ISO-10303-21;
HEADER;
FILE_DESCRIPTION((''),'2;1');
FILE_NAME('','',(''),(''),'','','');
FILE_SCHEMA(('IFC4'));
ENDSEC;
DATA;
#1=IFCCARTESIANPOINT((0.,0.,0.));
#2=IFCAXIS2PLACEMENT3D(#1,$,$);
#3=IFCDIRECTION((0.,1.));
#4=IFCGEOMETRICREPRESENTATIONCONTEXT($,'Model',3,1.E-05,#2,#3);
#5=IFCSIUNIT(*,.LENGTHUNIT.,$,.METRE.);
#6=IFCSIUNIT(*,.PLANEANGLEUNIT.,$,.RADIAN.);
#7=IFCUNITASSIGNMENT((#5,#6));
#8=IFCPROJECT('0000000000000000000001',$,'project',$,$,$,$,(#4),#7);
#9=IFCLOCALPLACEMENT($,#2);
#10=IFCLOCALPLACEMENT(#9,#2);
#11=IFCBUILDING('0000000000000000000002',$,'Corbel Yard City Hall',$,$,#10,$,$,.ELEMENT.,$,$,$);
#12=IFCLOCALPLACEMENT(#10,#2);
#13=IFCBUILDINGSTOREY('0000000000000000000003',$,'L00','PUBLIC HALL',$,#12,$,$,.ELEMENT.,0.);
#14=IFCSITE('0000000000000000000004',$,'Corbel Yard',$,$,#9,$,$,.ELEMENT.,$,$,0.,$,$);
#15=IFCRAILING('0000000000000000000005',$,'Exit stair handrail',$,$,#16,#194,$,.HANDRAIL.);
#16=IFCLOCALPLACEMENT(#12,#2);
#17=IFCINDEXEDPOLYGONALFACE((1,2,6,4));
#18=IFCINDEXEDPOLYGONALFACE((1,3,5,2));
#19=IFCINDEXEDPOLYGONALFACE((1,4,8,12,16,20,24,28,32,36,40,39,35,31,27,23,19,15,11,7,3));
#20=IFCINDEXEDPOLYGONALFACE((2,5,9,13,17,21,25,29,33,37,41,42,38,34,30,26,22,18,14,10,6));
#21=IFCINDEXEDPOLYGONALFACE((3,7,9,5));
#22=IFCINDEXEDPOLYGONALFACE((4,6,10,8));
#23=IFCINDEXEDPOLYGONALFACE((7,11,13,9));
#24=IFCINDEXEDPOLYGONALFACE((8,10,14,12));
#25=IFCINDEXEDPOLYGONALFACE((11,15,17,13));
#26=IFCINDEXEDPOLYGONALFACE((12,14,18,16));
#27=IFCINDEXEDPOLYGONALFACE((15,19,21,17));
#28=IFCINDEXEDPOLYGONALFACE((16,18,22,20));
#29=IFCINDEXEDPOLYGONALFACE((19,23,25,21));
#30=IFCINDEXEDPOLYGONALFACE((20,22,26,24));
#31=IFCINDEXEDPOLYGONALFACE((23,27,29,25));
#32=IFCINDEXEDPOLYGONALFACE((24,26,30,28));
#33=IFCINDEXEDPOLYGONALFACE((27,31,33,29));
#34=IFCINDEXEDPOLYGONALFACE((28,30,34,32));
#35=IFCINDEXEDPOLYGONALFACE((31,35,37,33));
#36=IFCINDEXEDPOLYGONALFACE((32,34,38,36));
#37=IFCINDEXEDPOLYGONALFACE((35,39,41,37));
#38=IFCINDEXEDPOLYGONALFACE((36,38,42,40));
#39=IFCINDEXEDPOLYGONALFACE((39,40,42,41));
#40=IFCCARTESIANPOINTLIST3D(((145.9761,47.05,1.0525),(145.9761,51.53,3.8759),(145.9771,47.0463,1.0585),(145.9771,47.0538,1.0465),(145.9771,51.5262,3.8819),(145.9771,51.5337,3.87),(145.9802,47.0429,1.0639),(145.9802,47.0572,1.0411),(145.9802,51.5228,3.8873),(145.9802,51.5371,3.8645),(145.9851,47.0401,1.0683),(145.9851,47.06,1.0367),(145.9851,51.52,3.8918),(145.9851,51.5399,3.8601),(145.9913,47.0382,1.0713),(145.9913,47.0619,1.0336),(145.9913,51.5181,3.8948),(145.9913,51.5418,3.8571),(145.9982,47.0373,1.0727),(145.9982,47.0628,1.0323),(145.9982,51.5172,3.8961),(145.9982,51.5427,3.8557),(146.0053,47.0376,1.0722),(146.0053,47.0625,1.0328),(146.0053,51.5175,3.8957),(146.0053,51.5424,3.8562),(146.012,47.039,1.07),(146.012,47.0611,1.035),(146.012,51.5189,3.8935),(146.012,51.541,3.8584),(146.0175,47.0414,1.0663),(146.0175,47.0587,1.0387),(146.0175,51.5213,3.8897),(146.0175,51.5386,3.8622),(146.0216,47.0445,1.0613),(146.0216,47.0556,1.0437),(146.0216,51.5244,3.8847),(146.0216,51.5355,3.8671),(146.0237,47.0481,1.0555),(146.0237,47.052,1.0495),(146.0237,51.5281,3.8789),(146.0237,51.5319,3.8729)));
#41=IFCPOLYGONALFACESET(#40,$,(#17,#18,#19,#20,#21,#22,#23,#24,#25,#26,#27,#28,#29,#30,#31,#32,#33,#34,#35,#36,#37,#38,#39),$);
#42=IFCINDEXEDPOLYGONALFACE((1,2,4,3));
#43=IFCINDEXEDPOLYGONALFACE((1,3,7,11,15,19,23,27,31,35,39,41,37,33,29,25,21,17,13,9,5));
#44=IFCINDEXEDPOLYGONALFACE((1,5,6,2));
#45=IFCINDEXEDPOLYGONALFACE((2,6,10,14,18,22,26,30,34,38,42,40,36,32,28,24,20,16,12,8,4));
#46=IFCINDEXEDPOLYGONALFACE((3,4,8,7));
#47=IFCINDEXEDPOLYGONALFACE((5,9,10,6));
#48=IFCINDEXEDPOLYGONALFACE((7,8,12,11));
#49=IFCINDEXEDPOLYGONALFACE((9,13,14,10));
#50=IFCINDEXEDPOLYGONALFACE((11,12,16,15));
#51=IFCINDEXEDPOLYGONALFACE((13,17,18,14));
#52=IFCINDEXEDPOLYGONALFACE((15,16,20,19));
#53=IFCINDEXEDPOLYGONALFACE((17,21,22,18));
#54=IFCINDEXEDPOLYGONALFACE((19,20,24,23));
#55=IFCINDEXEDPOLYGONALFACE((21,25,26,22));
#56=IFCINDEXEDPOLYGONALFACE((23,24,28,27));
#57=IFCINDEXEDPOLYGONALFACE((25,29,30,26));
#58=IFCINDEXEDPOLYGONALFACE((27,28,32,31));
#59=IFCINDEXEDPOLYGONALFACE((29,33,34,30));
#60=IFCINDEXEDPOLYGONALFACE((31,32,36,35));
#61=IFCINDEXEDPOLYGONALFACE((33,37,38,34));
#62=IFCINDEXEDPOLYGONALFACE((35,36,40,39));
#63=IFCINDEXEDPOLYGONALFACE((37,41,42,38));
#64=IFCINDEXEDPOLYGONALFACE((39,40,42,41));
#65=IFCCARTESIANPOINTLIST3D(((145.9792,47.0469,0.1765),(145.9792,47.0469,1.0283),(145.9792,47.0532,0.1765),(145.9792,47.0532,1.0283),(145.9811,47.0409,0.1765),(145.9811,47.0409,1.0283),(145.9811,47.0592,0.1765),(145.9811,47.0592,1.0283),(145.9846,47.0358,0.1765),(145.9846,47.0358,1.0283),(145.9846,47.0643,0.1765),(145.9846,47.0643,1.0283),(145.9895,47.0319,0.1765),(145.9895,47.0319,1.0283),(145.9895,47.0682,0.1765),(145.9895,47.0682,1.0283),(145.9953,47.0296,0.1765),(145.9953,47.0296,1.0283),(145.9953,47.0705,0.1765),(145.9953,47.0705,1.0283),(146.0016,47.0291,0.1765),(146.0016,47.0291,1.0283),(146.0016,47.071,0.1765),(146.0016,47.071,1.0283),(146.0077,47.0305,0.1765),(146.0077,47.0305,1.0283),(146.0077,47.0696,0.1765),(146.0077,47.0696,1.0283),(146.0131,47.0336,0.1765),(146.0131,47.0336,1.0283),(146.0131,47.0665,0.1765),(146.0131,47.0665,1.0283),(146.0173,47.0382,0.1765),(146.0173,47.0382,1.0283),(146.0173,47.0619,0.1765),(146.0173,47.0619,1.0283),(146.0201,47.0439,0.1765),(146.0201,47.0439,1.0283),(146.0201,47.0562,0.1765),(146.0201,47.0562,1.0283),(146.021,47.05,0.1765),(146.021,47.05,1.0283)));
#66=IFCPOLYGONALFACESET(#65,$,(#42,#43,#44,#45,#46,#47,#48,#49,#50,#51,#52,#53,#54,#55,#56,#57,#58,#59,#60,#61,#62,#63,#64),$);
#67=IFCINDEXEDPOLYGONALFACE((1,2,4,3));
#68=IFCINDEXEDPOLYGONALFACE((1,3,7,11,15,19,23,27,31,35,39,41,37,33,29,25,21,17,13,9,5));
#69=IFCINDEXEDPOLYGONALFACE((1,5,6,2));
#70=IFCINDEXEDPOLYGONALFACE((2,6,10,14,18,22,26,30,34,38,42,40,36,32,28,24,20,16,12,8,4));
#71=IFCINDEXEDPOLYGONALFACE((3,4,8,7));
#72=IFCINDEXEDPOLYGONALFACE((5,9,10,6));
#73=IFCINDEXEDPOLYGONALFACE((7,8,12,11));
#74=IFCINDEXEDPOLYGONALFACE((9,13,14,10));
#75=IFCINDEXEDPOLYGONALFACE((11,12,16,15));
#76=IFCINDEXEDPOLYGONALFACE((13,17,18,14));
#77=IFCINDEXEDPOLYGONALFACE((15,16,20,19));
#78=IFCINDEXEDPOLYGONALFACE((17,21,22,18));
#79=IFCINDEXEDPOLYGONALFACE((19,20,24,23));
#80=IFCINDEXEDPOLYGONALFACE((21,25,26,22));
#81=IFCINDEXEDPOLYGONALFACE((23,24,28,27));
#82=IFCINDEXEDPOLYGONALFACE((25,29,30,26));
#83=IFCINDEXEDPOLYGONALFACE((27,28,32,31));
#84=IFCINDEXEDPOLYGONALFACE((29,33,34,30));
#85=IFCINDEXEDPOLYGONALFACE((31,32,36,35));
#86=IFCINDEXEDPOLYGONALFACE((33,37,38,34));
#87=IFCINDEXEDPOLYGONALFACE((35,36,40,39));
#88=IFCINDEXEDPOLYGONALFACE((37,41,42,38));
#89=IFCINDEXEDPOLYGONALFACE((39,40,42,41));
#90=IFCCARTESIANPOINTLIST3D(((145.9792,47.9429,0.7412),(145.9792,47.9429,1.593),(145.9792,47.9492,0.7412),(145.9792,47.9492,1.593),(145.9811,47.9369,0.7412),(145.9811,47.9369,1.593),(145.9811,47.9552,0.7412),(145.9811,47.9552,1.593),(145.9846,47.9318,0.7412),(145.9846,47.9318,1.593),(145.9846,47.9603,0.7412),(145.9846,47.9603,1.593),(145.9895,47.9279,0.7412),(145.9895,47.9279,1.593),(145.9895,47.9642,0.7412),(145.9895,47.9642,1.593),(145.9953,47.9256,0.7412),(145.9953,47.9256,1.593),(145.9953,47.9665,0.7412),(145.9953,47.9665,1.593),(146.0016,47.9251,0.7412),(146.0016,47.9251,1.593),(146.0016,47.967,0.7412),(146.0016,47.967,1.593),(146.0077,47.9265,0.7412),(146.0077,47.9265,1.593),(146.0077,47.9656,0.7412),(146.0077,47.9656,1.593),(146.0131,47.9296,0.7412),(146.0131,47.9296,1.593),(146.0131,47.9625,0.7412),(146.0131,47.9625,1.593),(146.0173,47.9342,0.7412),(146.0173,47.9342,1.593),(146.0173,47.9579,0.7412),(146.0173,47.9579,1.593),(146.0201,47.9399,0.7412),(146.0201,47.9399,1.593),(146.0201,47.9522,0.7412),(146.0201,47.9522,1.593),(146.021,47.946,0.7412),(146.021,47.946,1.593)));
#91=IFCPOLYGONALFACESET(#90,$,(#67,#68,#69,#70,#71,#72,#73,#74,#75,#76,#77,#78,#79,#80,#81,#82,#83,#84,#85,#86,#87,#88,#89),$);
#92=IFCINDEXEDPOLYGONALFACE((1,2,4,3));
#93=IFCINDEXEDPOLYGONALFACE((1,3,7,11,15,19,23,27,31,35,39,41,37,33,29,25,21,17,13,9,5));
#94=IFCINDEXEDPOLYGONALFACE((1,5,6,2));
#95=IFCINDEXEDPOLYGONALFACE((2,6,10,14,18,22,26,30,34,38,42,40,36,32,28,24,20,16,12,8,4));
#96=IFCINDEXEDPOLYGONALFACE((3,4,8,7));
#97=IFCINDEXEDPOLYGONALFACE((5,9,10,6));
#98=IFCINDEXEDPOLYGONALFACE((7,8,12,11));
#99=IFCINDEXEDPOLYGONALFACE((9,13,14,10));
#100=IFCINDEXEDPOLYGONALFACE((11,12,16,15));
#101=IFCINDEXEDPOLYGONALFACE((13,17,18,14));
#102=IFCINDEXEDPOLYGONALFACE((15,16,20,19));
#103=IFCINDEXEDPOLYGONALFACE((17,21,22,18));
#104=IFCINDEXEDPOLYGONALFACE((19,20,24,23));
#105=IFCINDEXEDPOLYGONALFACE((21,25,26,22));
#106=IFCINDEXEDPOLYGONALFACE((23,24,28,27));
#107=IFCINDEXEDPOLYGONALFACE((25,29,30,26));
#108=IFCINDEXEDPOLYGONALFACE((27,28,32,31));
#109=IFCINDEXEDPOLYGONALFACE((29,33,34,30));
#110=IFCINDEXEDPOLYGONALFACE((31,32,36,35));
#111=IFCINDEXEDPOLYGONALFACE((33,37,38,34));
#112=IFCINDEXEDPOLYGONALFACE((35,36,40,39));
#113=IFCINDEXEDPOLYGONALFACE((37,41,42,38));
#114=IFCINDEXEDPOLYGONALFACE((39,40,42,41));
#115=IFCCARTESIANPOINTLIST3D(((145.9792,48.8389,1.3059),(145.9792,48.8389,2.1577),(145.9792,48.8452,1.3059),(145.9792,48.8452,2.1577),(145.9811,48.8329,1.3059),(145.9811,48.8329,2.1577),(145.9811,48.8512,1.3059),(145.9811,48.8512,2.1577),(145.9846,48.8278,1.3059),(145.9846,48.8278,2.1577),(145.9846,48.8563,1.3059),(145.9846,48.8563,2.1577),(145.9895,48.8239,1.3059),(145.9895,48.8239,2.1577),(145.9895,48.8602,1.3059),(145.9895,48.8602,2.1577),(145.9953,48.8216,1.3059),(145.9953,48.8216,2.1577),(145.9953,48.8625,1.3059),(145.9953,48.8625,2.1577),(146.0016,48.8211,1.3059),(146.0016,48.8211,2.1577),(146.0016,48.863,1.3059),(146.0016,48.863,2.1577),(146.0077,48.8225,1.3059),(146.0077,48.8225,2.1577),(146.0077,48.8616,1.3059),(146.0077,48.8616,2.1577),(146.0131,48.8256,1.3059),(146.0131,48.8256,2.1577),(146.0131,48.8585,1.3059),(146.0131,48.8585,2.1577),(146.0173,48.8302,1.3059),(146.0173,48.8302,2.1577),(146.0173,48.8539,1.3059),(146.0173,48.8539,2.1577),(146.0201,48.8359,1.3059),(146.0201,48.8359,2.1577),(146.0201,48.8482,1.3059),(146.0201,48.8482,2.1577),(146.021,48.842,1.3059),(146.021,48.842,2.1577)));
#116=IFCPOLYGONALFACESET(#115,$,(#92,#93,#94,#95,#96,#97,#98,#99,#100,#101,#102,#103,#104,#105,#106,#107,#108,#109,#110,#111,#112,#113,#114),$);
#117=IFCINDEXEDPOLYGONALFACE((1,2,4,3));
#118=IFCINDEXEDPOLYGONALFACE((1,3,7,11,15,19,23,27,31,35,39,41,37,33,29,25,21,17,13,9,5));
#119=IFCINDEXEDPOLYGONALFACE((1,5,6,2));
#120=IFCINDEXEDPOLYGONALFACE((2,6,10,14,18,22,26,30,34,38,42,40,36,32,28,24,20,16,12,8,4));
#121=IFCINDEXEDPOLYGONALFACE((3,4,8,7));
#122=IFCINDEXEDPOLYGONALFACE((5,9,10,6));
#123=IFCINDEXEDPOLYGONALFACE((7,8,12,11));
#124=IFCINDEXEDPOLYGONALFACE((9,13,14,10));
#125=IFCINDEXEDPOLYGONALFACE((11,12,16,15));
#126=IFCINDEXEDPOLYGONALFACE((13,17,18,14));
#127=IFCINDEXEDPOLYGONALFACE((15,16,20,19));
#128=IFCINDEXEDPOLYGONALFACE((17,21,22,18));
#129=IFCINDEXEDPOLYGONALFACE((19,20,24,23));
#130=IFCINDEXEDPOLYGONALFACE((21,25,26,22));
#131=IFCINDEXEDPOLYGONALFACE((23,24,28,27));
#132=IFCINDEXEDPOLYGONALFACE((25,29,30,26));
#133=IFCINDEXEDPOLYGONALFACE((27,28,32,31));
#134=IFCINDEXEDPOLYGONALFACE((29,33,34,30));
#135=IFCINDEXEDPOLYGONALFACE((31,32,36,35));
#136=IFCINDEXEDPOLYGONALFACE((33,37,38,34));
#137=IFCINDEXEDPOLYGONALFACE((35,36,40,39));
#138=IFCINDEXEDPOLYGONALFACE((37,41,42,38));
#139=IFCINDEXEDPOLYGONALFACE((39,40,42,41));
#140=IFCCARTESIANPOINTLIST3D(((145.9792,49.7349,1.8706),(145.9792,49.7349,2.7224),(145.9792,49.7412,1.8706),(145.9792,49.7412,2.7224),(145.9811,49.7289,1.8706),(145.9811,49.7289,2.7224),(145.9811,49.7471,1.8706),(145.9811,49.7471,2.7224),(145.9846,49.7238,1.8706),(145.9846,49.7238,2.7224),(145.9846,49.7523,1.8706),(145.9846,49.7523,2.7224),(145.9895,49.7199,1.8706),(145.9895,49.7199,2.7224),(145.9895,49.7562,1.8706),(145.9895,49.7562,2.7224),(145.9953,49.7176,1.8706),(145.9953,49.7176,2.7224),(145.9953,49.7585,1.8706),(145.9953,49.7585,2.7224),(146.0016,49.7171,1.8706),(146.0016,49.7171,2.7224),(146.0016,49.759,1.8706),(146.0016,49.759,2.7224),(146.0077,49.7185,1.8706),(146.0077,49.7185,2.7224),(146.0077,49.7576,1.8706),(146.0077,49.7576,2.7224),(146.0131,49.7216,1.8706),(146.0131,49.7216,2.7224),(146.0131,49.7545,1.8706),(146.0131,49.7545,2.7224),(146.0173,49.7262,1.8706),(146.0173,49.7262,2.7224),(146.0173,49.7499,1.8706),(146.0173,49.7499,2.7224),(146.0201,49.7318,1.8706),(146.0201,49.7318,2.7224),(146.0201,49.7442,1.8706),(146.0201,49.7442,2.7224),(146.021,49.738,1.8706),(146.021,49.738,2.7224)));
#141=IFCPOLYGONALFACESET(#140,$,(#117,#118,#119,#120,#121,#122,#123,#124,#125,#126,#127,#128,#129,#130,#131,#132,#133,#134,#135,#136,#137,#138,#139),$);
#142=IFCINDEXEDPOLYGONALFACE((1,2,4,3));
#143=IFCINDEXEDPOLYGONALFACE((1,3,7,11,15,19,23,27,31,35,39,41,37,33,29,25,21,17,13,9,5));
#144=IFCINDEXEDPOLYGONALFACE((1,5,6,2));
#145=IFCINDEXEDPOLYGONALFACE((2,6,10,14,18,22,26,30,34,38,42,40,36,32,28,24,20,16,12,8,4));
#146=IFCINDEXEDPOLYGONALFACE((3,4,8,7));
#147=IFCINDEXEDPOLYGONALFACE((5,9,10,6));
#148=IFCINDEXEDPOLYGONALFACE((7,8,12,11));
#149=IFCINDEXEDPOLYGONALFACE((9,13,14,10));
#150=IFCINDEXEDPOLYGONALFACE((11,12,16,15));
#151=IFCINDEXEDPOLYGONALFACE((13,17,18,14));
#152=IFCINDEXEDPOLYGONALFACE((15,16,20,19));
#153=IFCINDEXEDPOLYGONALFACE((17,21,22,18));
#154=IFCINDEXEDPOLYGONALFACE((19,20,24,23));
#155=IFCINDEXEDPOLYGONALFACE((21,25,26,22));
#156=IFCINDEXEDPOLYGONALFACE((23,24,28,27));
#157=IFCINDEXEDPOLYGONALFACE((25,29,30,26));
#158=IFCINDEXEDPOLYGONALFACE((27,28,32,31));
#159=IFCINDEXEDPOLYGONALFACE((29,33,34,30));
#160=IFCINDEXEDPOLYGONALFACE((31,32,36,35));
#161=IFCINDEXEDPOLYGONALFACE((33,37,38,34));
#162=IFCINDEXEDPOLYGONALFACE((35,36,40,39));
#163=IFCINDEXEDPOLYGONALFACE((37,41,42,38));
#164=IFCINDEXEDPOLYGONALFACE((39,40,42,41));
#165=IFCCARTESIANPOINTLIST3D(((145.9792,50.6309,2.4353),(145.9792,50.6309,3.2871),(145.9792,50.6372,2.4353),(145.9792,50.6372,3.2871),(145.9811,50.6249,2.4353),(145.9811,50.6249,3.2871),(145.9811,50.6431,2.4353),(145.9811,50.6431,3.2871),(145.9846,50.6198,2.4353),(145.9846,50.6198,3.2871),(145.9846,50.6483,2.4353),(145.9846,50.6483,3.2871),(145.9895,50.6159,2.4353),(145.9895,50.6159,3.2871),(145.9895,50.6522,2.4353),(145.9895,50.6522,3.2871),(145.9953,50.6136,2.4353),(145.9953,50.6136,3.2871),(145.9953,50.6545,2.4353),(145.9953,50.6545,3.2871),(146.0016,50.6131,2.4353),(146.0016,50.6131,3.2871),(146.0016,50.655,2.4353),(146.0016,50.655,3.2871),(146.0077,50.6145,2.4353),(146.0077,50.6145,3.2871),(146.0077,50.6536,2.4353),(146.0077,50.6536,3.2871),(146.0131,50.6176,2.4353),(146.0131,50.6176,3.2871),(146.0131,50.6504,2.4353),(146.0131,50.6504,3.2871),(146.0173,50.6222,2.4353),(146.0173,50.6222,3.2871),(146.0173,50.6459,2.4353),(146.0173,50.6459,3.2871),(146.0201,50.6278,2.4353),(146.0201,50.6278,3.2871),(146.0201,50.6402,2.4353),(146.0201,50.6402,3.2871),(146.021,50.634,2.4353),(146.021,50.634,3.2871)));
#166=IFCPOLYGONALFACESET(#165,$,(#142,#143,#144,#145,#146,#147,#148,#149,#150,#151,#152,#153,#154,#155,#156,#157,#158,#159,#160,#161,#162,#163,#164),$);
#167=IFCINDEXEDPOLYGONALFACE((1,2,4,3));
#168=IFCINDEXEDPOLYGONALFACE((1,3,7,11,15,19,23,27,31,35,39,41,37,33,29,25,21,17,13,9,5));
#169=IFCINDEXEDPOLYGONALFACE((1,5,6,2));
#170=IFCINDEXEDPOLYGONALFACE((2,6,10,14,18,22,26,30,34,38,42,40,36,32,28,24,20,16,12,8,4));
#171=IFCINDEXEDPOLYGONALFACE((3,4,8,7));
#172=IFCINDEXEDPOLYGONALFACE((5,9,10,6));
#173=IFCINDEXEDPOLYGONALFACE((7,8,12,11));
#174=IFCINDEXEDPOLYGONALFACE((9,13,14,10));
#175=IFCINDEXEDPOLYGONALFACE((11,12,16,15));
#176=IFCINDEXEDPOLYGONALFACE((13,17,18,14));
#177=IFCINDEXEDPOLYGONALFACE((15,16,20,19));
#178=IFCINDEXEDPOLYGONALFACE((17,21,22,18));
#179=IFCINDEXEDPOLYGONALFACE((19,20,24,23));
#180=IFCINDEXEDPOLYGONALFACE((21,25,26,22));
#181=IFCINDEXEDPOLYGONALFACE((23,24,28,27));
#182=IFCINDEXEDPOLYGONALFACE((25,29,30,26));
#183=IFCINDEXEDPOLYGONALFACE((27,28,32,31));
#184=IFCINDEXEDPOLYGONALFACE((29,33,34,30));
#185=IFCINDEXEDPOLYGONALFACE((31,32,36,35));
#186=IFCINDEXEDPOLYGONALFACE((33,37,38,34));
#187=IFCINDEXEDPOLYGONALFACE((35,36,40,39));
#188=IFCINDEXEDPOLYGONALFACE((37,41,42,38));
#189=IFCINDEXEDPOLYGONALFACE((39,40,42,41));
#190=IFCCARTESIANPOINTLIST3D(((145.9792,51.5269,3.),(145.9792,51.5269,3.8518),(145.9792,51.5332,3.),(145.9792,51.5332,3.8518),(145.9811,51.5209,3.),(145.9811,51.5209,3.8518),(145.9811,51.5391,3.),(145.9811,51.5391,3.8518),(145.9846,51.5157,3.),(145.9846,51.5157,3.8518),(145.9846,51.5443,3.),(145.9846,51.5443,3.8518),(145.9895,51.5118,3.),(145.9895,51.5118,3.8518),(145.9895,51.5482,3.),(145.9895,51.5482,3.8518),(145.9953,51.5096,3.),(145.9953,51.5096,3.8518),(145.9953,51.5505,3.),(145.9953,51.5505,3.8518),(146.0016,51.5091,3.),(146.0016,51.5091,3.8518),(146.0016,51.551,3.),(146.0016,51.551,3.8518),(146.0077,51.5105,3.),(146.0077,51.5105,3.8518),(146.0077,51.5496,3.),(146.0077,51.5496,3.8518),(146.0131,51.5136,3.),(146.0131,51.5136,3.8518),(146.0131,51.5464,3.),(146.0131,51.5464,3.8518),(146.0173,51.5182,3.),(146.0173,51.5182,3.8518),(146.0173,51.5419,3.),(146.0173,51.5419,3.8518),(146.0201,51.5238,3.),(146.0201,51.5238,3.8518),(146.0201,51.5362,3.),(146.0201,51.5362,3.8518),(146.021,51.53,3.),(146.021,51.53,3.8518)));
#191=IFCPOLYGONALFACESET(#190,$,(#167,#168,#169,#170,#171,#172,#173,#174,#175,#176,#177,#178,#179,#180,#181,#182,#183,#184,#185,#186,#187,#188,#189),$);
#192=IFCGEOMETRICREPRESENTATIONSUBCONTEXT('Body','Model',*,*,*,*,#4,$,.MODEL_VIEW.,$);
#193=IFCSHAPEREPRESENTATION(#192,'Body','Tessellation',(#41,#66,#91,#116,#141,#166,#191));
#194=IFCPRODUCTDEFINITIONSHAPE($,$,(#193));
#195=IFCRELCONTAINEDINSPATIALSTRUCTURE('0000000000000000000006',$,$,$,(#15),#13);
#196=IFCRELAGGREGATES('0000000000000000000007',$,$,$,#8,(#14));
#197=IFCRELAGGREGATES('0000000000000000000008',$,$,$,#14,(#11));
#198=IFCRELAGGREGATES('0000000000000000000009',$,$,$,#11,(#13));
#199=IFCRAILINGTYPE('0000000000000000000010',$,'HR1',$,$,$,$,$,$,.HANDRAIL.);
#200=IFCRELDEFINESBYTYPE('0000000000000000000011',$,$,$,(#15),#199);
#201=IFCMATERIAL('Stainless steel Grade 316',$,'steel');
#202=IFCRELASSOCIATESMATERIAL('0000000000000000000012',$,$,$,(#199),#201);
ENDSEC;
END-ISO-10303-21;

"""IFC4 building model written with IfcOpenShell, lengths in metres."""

from ifc_helpers import new_model, si_unit, direction, frame, origin, origin_2d, place, context, subcontext, project, spatial, circle, extrude, material, type_object, element, save


model = new_model("IFC4")

# Units and contexts
model_context = context("Model", 3, precision=1e-05, world=origin(), true_north=direction((0.0, 1.0)))
body_context = subcontext(model_context, "Body", "Model", "MODEL_VIEW")
ifc_project = project(units=[si_unit("LENGTHUNIT", "METRE"), si_unit("PLANEANGLEUNIT", "RADIAN")], contexts=[model_context])

# Site, building, storey
site_placement = place(None, origin())
site = spatial("IfcSite", under=ifc_project, at=site_placement, Name="Corbel Yard", CompositionType="ELEMENT", RefElevation=0.0)
building_placement = place(site_placement, origin())
building = spatial("IfcBuilding", under=site, at=building_placement, Name="Corbel Yard City Hall", CompositionType="ELEMENT")
storey_placement = place(building_placement, origin())
storey = spatial("IfcBuildingStorey", under=building, at=storey_placement, Name="L00", Description="PUBLIC HALL", CompositionType="ELEMENT", Elevation=0.0)

# Shared definitions
ifc_material_1 = material(Name="Stainless steel Grade 316", Category="steel")

# Railing
railing_type = type_object("IfcRailingType", Name="HR1", PredefinedType="HANDRAIL", material=ifc_material_1)
railing_placement = place(storey_placement, frame((146.0, 47.05, 0.1765)))
element("IfcRailing", 1, at=railing_placement, inside=storey, type_object=railing_type, Name="Exit stair handrail", PredefinedType="HANDRAIL", context=body_context, shape_type="SweptSolid", body=[
    extrude(circle(Radius=0.0239, at=origin_2d()), frame((0.0, 0.0, 0.876), z_axis=(0.0, 0.845998, 0.533186), x_axis=(-1.0, 0.0, 0.0)), (0.0, 0.0, 1.0), 5.2954),
    extrude(circle(Radius=0.021, at=origin_2d()), origin(), (0.0, 0.0, 1.0), 0.8518),
    extrude(circle(Radius=0.021, at=origin_2d()), frame((0.0, 0.896, 0.5647)), (0.0, 0.0, 1.0), 0.8518),
    extrude(circle(Radius=0.021, at=origin_2d()), frame((0.0, 1.792, 1.1294)), (0.0, 0.0, 1.0), 0.8518),
    extrude(circle(Radius=0.021, at=origin_2d()), frame((0.0, 2.688, 1.6941)), (0.0, 0.0, 1.0), 0.8518),
    extrude(circle(Radius=0.021, at=origin_2d()), frame((0.0, 3.584, 2.2588)), (0.0, 0.0, 1.0), 0.8518),
    extrude(circle(Radius=0.021, at=origin_2d()), frame((0.0, 4.48, 2.8235)), (0.0, 0.0, 1.0), 0.8518),
])

save(model, "model.ifc")
